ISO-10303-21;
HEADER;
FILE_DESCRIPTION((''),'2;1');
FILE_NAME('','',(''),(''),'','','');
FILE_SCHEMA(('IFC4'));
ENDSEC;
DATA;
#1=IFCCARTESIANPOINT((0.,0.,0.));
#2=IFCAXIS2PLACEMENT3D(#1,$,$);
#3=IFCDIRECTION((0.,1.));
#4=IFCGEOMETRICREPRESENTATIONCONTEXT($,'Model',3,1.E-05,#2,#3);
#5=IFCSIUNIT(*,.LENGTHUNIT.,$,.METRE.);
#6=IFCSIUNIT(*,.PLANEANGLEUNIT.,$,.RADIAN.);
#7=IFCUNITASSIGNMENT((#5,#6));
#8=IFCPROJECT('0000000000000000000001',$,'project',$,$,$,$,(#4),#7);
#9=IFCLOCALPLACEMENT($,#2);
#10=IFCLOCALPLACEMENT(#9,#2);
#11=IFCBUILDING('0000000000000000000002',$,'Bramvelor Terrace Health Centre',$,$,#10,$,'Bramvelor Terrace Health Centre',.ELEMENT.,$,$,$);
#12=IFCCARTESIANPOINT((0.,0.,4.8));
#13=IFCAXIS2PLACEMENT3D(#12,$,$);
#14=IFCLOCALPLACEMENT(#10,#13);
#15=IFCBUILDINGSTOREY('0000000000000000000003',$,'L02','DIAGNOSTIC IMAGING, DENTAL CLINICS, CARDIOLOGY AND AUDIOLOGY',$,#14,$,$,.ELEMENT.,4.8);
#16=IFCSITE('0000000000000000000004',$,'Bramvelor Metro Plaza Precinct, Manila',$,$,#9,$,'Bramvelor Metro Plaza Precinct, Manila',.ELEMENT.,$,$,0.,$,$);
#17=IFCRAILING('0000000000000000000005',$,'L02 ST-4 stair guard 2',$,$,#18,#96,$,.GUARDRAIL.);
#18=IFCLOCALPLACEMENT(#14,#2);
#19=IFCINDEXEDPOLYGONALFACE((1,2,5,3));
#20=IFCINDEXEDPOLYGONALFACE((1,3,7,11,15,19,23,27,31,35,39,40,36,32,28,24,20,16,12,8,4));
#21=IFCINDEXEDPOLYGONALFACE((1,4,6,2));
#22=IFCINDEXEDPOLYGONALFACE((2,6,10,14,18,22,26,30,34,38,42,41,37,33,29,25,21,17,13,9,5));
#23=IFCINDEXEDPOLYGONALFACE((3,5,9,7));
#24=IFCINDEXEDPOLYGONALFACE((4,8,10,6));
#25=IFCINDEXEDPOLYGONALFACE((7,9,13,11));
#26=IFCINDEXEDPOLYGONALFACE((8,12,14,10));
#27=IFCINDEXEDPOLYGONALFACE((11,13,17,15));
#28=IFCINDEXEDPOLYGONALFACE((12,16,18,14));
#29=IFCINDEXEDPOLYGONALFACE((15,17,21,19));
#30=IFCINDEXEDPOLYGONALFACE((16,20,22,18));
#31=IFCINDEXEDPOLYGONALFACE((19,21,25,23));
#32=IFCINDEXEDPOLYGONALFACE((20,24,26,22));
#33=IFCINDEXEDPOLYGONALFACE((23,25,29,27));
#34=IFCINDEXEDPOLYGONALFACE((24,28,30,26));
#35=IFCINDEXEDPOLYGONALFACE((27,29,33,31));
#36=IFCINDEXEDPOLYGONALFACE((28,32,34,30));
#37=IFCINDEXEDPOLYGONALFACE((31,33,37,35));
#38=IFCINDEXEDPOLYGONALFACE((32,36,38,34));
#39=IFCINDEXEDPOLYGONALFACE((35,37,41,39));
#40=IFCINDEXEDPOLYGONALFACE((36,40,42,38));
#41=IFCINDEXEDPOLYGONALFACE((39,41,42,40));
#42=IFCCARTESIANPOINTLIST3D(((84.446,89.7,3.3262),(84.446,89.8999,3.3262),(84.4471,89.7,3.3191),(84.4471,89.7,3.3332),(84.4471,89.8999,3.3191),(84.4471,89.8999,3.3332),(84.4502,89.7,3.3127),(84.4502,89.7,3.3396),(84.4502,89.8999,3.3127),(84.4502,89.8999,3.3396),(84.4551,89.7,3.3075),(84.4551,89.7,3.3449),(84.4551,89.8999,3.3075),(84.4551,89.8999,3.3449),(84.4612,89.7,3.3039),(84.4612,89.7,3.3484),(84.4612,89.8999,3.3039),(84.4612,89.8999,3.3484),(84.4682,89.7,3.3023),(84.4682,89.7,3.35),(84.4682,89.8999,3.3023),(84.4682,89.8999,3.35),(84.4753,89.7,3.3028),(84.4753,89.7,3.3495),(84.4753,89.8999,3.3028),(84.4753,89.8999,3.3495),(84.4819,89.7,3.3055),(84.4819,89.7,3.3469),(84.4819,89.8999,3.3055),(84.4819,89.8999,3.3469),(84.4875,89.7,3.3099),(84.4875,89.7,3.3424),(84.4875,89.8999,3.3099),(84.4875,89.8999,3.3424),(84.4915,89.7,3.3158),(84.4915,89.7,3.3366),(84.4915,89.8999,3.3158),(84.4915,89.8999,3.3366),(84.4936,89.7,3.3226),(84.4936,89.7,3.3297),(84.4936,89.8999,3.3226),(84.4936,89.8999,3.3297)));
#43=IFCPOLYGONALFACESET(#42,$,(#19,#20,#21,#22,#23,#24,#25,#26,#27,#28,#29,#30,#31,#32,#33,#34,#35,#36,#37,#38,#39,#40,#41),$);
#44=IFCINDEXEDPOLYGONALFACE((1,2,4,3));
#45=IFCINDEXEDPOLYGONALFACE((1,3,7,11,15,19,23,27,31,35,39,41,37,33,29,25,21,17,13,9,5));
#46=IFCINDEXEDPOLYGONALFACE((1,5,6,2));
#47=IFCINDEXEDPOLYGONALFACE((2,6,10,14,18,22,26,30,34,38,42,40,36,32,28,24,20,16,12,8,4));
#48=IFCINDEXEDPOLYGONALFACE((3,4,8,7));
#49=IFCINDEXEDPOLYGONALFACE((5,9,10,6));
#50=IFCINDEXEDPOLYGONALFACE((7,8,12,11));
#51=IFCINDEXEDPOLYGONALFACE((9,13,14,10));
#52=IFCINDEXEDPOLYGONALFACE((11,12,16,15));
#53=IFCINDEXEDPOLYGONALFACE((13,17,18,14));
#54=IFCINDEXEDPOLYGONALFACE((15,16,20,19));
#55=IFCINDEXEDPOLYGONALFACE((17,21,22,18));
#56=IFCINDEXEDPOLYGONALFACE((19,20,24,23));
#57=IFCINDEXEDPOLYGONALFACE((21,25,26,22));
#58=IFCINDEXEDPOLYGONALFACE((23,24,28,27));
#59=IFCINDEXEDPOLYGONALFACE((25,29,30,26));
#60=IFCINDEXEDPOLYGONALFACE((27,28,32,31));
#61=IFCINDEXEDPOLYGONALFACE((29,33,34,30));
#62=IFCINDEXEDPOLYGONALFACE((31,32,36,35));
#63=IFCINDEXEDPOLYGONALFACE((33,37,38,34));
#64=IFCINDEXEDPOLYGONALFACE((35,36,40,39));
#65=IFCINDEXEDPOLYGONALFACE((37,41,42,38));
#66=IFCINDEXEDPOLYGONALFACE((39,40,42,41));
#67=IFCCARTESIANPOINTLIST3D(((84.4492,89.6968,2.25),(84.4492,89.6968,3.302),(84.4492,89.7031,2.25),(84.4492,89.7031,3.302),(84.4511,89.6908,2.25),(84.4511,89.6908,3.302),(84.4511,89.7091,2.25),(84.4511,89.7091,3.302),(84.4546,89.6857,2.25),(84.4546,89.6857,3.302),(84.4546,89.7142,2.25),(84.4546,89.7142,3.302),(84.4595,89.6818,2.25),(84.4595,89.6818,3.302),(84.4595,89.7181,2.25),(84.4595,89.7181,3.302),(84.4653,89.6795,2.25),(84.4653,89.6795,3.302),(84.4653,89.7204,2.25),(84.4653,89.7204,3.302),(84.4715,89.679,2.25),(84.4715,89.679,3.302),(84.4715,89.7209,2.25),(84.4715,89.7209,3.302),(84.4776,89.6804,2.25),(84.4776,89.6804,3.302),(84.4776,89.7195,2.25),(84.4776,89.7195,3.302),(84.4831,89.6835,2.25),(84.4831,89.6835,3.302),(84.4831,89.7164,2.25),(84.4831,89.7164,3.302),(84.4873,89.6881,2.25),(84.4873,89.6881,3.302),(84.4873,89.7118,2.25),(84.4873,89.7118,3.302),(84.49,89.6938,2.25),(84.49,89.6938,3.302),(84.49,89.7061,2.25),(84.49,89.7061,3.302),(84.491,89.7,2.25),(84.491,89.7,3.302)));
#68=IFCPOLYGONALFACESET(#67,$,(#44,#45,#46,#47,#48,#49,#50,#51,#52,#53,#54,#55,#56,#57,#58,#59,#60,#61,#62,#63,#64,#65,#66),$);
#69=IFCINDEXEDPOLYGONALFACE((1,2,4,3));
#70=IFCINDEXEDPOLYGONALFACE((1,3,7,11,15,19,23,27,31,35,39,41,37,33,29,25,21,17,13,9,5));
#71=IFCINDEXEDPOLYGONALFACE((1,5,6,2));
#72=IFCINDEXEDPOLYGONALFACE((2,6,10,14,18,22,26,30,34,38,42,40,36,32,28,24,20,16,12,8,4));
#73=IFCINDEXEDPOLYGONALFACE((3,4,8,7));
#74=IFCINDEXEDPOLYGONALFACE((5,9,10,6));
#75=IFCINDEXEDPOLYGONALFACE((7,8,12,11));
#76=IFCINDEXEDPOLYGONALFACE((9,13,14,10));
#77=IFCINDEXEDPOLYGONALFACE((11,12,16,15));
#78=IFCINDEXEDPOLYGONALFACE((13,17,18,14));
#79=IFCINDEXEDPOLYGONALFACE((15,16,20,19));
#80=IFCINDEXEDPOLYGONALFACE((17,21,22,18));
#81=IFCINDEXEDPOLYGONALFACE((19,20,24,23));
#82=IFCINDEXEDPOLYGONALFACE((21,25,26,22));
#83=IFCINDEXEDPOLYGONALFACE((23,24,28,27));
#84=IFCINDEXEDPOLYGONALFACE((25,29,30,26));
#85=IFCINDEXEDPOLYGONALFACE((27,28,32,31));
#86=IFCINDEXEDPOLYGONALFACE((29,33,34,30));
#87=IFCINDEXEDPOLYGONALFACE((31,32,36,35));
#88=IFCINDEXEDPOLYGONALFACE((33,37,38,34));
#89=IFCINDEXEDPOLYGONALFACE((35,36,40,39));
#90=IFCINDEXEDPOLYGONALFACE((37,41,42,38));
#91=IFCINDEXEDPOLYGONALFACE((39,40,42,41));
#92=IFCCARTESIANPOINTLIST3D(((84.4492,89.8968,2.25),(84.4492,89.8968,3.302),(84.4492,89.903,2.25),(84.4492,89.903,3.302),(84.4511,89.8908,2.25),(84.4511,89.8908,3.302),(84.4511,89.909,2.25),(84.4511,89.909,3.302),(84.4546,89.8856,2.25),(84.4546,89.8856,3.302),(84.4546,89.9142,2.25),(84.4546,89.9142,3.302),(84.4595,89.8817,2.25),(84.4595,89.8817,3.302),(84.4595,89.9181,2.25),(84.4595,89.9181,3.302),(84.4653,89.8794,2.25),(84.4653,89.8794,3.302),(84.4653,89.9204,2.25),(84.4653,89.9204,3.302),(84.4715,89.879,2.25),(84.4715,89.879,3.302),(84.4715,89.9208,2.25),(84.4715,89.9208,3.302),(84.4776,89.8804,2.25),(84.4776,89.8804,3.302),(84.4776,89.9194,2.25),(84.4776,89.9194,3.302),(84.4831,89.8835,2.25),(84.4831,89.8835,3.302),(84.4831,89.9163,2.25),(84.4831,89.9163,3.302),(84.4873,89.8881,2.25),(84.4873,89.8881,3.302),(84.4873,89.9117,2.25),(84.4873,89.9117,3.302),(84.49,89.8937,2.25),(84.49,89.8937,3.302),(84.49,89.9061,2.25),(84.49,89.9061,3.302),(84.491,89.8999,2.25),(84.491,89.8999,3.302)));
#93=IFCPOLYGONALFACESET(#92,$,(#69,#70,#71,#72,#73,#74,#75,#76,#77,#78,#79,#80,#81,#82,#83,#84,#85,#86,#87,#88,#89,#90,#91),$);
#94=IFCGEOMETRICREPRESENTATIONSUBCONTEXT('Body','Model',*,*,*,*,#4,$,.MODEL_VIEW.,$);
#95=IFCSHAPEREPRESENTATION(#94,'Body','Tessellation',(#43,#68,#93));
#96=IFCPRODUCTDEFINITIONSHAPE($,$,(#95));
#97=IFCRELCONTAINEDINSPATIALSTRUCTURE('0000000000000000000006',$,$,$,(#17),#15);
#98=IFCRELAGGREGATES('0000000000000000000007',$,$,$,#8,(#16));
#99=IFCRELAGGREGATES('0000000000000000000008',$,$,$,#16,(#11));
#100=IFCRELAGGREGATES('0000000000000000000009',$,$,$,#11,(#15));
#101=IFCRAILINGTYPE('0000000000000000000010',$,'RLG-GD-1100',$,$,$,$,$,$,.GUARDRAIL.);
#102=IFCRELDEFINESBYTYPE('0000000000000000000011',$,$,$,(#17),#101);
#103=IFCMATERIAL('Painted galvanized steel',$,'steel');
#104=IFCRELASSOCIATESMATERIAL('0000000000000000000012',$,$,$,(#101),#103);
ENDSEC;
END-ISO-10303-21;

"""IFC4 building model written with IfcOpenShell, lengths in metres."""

from ifc_helpers import new_model, si_unit, direction, frame, origin, origin_2d, place, context, subcontext, project, spatial, circle, extrude, material, type_object, element, save


model = new_model("IFC4")

# Units and contexts
model_context = context("Model", 3, precision=1e-05, world=origin(), true_north=direction((0.0, 1.0)))
body_context = subcontext(model_context, "Body", "Model", "MODEL_VIEW")
ifc_project = project(units=[si_unit("LENGTHUNIT", "METRE"), si_unit("PLANEANGLEUNIT", "RADIAN")], contexts=[model_context])

# Site, building, storey
site_placement = place(None, origin())
site = spatial("IfcSite", under=ifc_project, at=site_placement, Name="Bramvelor Metro Plaza Precinct, Manila", LongName="Bramvelor Metro Plaza Precinct, Manila", CompositionType="ELEMENT", RefElevation=0.0)
building_placement = place(site_placement, origin())
building = spatial("IfcBuilding", under=site, at=building_placement, Name="Bramvelor Terrace Health Centre", LongName="Bramvelor Terrace Health Centre", CompositionType="ELEMENT")
storey_placement = place(building_placement, frame((0.0, 0.0, 4.8)))
storey = spatial("IfcBuildingStorey", under=building, at=storey_placement, Name="L02", Description="DIAGNOSTIC IMAGING, DENTAL CLINICS, CARDIOLOGY AND AUDIOLOGY", CompositionType="ELEMENT", Elevation=4.8)

# Railing
ifc_material_1 = material(Name="Painted galvanized steel", Category="steel")
railing_type_1 = type_object("IfcRailingType", Name="RLG-GD-1100", PredefinedType="GUARDRAIL", material=ifc_material_1)
railing_1_placement = place(storey_placement, frame((84.47, 89.7, 2.25)))
element("IfcRailing", 1, at=railing_1_placement, inside=storey, type_object=railing_type_1, Name="L02 ST-4 stair guard 2", PredefinedType="GUARDRAIL", context=body_context, shape_type="SweptSolid", body=[
    extrude(circle(Radius=0.0239, at=origin_2d()), frame((0.0, 0.0, 1.0762), z_axis=(0.0, 1.0, 0.0), x_axis=(-1.0, 0.0, 0.0)), (0.0, 0.0, 1.0), 0.2),
    extrude(circle(Radius=0.021, at=origin_2d()), origin(), (0.0, 0.0, 1.0), 1.052),
    extrude(circle(Radius=0.021, at=origin_2d()), frame((0.0, 0.2, 0.0)), (0.0, 0.0, 1.0), 1.052),
])

save(model, "model.ifc")
